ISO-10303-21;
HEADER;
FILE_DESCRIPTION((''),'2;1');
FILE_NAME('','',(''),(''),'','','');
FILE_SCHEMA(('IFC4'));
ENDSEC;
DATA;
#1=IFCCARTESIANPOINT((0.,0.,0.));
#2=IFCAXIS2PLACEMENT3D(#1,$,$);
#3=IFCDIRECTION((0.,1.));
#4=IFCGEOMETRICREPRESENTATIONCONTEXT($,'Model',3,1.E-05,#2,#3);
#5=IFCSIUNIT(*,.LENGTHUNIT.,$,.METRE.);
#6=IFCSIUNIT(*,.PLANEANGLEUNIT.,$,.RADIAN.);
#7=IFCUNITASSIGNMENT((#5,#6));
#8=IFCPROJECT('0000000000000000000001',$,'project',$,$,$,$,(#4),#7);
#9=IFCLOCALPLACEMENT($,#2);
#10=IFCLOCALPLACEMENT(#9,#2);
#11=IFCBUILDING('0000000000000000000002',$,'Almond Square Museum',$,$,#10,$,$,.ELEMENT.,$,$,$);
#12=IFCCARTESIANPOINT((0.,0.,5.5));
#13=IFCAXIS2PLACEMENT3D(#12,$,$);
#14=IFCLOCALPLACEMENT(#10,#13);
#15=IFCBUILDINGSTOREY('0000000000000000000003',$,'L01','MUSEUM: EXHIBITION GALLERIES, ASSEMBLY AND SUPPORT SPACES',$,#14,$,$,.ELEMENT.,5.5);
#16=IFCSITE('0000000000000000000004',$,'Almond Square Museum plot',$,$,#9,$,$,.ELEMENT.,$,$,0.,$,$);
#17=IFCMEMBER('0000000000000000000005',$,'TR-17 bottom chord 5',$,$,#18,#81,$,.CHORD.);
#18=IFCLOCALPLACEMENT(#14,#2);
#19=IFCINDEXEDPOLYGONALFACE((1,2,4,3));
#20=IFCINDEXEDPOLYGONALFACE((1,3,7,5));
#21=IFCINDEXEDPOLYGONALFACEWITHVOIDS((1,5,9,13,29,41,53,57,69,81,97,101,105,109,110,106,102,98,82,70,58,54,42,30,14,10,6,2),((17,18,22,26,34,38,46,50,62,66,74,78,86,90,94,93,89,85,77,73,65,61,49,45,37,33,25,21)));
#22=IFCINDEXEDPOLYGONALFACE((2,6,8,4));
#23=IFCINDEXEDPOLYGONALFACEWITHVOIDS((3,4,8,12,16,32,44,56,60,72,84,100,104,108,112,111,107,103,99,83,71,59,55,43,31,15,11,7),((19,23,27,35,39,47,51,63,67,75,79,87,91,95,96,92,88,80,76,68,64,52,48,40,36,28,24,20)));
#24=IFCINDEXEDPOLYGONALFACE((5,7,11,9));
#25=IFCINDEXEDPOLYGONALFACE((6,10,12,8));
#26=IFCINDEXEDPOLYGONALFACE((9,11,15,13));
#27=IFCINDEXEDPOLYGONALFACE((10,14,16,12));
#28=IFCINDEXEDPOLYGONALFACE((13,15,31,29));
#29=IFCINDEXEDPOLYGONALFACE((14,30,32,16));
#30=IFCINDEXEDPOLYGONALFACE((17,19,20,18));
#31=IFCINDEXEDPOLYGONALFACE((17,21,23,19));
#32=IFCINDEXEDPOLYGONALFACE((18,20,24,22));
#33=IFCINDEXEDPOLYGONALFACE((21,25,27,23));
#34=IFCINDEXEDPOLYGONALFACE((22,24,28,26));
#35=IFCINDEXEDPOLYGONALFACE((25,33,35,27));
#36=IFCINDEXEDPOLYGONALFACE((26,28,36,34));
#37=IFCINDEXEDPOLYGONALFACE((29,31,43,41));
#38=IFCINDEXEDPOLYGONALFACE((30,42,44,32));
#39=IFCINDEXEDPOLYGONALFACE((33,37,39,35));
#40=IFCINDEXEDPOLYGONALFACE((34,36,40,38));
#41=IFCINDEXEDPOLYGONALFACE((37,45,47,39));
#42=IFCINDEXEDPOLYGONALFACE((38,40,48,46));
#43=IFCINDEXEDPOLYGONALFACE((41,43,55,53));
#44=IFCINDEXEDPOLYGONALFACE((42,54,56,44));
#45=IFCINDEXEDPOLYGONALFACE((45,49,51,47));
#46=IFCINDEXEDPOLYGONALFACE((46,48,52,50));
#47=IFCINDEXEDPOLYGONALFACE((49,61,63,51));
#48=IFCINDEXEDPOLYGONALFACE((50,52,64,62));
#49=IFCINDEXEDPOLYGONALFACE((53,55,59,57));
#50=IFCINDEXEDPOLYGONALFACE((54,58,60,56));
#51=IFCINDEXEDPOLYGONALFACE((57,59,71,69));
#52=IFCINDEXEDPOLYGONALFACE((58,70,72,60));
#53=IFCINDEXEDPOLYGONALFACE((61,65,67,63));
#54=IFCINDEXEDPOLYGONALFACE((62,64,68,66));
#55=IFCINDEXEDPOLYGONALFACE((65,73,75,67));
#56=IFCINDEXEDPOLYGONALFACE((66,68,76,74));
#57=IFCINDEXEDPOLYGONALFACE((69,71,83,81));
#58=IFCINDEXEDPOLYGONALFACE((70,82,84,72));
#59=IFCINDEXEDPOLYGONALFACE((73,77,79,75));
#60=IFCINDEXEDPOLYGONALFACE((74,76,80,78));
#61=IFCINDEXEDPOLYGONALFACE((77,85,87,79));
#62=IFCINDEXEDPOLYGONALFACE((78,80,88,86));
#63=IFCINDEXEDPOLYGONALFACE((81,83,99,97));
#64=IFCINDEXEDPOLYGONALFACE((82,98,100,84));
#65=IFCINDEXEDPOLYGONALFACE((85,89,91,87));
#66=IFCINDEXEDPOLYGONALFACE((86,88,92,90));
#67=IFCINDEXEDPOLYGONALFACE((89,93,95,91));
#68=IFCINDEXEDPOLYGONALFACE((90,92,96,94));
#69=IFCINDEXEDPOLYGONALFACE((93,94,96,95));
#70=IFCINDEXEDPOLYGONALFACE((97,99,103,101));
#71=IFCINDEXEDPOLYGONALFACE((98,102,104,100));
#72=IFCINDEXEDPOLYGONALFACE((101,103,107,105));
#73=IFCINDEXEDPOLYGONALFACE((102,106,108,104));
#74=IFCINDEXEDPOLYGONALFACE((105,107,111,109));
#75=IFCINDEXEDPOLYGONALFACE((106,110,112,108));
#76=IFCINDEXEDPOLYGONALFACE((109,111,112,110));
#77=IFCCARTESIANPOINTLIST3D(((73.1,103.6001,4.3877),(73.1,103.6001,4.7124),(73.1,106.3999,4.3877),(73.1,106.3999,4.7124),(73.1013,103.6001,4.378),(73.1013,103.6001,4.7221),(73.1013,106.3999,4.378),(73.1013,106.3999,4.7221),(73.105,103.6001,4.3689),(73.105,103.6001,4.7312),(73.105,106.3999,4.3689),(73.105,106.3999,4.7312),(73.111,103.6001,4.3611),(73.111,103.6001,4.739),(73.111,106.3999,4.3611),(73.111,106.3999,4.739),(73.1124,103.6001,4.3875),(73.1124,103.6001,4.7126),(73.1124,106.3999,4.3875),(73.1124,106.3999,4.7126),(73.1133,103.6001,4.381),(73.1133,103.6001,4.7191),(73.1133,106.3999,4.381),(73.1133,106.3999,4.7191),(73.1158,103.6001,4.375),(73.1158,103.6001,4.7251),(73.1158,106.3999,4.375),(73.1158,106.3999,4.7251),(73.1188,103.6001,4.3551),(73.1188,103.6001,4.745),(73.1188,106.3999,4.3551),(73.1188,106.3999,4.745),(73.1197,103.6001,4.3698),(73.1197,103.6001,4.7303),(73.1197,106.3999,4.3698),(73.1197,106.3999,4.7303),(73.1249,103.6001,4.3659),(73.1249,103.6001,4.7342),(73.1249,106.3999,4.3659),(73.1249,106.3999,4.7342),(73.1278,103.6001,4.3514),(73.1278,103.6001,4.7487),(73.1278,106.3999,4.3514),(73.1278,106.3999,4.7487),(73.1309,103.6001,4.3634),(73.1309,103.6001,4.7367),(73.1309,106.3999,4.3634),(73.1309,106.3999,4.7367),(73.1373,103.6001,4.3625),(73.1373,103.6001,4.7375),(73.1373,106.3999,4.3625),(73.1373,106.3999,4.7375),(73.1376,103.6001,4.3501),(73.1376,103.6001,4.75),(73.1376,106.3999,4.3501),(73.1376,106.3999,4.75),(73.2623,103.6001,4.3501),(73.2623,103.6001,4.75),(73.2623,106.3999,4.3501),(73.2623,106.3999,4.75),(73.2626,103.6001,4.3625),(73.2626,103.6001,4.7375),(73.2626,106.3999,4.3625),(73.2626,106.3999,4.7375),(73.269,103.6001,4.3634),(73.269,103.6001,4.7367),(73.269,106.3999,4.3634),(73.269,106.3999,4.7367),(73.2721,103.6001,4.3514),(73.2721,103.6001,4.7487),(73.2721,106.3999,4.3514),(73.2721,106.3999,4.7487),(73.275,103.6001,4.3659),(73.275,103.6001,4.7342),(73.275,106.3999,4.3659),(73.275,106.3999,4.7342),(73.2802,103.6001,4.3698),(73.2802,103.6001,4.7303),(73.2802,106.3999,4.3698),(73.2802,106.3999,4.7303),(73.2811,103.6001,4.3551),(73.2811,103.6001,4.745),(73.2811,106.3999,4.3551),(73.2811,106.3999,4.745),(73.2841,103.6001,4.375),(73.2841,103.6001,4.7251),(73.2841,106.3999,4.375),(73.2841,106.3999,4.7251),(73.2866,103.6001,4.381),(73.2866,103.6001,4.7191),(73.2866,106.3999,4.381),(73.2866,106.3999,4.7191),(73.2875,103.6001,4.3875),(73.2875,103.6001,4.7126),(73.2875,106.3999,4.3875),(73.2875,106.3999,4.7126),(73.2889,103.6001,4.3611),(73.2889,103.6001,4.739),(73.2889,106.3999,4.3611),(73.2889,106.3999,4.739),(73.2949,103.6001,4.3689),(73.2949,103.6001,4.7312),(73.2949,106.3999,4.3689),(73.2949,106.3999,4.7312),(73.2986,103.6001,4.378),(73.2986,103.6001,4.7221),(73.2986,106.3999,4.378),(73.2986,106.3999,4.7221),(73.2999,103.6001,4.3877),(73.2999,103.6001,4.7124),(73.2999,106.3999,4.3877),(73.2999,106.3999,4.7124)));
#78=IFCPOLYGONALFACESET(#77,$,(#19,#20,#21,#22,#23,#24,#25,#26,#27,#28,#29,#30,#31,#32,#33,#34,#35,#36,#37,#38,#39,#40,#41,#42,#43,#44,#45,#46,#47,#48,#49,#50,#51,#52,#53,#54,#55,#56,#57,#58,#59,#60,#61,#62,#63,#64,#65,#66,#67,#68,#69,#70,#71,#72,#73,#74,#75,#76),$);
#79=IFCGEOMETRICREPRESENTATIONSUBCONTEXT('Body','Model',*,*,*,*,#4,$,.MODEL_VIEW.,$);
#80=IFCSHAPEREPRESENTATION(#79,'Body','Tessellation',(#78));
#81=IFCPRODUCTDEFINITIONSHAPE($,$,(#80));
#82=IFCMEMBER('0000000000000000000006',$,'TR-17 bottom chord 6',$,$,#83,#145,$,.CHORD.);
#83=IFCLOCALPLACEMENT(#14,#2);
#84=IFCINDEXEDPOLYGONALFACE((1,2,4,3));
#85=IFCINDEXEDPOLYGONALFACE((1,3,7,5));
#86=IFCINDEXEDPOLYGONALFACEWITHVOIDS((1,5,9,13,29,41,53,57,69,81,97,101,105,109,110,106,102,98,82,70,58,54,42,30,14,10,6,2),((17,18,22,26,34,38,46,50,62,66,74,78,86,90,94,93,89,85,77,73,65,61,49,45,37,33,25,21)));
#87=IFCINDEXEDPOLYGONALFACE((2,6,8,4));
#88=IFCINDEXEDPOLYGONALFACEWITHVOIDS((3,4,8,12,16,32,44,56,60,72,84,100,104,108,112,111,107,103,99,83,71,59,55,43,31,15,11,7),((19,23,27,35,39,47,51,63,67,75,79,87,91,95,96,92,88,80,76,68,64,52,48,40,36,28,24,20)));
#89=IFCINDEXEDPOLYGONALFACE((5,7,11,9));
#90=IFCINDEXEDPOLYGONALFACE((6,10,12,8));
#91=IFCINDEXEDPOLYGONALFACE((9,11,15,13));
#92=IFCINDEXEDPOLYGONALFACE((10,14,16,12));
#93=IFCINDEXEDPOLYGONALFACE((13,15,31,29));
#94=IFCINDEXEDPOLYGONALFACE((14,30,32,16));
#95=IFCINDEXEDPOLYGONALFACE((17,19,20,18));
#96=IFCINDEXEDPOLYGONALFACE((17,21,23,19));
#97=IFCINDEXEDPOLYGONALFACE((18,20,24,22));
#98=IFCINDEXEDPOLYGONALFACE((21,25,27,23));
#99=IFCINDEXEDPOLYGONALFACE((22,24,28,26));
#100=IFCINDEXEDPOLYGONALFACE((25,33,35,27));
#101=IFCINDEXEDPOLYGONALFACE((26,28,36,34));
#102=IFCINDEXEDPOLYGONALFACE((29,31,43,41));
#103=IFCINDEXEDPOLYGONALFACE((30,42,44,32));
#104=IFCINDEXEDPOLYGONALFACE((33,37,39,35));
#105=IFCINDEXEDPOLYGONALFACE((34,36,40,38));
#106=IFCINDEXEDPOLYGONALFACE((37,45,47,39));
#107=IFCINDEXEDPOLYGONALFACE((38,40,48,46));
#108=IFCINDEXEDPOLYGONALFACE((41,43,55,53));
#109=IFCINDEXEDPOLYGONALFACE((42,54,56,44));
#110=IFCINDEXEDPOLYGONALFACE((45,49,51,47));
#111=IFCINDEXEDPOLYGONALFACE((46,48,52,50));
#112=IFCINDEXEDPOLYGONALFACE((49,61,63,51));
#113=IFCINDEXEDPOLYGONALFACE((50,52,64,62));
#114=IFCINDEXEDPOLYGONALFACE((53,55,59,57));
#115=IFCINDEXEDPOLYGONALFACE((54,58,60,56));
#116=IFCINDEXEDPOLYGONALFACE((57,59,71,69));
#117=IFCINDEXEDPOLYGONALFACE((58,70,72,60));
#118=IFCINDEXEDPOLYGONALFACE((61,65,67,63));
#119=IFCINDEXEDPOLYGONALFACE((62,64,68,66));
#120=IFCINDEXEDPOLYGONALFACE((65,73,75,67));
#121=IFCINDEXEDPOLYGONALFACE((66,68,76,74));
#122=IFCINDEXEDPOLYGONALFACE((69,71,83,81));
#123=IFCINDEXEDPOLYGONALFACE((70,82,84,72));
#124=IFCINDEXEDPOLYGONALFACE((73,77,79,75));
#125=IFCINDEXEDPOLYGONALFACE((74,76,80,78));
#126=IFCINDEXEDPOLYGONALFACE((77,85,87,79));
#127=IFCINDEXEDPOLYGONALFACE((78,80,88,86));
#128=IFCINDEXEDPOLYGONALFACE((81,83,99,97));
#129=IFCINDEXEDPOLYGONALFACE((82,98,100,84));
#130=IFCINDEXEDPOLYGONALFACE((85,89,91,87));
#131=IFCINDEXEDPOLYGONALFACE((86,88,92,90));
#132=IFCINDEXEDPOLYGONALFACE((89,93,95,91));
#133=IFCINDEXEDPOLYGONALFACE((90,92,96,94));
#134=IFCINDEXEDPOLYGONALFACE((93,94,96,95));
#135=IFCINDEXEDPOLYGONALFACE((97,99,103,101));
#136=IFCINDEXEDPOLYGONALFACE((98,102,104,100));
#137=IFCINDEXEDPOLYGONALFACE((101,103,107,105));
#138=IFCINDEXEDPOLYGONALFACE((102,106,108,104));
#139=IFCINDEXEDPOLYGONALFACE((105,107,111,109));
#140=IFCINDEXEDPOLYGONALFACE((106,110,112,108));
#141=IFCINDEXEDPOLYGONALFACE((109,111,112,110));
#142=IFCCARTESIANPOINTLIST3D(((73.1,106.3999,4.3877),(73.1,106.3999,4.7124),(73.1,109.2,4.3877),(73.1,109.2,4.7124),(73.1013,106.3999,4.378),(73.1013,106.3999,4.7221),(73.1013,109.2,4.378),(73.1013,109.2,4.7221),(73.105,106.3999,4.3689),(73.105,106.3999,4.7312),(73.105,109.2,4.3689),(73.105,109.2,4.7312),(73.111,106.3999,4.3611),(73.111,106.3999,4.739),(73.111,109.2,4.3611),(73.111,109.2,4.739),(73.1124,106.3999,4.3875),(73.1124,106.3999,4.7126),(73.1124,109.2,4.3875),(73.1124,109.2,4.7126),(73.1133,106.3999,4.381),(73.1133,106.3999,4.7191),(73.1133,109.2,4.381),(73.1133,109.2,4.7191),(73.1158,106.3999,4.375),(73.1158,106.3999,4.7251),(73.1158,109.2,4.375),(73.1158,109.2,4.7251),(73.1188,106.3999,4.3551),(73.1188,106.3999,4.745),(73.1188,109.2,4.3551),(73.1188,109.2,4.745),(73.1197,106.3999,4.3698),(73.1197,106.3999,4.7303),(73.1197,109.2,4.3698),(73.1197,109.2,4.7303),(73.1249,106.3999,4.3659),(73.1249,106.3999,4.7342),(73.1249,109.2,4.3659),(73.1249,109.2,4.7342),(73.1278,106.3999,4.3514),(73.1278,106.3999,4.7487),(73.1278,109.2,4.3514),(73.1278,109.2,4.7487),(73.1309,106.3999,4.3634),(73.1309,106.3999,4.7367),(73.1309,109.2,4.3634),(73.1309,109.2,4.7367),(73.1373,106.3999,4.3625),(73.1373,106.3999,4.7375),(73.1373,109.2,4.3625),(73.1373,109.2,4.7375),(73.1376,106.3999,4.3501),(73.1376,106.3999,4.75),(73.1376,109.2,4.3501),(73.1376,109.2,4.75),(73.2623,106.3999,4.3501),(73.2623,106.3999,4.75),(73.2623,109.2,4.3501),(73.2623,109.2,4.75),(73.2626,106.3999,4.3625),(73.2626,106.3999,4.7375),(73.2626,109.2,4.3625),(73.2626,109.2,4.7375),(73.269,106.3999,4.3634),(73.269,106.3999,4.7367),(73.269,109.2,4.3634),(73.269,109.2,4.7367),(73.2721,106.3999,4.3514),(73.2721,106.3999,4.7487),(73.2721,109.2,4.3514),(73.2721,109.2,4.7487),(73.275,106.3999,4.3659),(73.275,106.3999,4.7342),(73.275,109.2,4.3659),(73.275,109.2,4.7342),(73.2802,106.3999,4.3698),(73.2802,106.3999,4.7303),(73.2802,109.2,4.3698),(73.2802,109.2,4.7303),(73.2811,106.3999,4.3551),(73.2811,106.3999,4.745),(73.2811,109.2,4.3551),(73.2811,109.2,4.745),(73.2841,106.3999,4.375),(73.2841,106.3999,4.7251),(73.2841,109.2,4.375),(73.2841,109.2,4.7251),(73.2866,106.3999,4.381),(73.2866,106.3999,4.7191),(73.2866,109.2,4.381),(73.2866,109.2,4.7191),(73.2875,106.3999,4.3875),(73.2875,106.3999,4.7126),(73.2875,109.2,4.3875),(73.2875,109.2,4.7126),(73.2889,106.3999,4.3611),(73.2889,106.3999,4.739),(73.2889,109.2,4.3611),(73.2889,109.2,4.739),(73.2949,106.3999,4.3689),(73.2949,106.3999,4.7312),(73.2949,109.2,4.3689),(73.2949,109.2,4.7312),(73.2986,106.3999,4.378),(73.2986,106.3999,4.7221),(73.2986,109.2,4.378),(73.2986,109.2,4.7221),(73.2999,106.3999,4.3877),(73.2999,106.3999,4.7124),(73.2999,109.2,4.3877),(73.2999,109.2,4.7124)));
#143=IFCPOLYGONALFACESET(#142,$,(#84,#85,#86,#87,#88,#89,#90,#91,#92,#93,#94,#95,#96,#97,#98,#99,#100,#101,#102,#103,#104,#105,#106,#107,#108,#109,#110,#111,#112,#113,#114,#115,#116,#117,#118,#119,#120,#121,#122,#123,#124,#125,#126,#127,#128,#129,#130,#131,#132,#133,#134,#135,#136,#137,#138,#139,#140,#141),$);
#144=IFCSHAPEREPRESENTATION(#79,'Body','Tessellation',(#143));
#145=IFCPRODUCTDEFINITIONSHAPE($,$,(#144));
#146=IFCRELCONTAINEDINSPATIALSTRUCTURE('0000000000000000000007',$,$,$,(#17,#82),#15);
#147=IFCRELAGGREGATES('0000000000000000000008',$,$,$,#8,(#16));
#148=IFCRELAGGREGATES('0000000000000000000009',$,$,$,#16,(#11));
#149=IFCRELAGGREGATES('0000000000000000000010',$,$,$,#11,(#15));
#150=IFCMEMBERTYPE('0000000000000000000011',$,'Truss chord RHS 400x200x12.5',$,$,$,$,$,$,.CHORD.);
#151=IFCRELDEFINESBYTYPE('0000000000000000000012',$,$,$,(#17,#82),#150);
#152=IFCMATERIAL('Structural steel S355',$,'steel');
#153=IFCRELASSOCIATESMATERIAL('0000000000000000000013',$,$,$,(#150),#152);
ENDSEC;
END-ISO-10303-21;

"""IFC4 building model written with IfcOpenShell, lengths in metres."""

from ifc_helpers import new_model, si_unit, direction, frame, origin, origin_2d, place, context, subcontext, project, spatial, hollow_rectangle, extrude, material, material_profile, profile_set, type_object, element, save


model = new_model("IFC4")

# Units and contexts
model_context = context("Model", 3, precision=1e-05, world=origin(), true_north=direction((0.0, 1.0)))
body_context = subcontext(model_context, "Body", "Model", "MODEL_VIEW")
ifc_project = project(units=[si_unit("LENGTHUNIT", "METRE"), si_unit("PLANEANGLEUNIT", "RADIAN")], contexts=[model_context])

# Site, building, storey
site_placement = place(None, origin())
site = spatial("IfcSite", under=ifc_project, at=site_placement, Name="Almond Square Museum plot", CompositionType="ELEMENT", RefElevation=0.0)
building_placement = place(site_placement, origin())
building = spatial("IfcBuilding", under=site, at=building_placement, Name="Almond Square Museum", CompositionType="ELEMENT")
storey_placement = place(building_placement, frame((0.0, 0.0, 5.5)))
storey = spatial("IfcBuildingStorey", under=building, at=storey_placement, Name="L01", Description="MUSEUM: EXHIBITION GALLERIES, ASSEMBLY AND SUPPORT SPACES", CompositionType="ELEMENT", Elevation=5.5)

# Members
ifc_material_1 = material(Name="Structural steel S355", Category="steel")
ifc_material_profile_1 = material_profile(ifc_material_1, hollow_rectangle(XDim=0.2, YDim=0.3999, WallThickness=0.0125, InnerFilletRadius=0.0249, OuterFilletRadius=0.0376, at=origin_2d()))
ifc_profile_set_1 = profile_set([ifc_material_profile_1], Name="Structural steel S355")
member_type_1 = type_object("IfcMemberType", Name="Truss chord RHS 400x200x12.5", PredefinedType="CHORD", material=ifc_profile_set_1)
member_1_placement = place(storey_placement, frame((73.2, 103.6001, 4.55), z_axis=(0.0, 1.0, 0.0), x_axis=(-1.0, 0.0, 0.0)))
element("IfcMember", 1, at=member_1_placement, inside=storey, type_object=member_type_1, Name="TR-17 bottom chord 5", PredefinedType="CHORD", context=body_context, shape_type="SweptSolid", body=[
    extrude(hollow_rectangle(XDim=0.2, YDim=0.3999, WallThickness=0.0125, InnerFilletRadius=0.0249, OuterFilletRadius=0.0376, at=origin_2d()), origin(), (0.0, 0.0, 1.0), 2.7998),
])
member_2_placement = place(storey_placement, frame((73.2, 106.3999, 4.55), z_axis=(0.0, 1.0, 0.0), x_axis=(-1.0, 0.0, 0.0)))
element("IfcMember", 2, at=member_2_placement, inside=storey, type_object=member_type_1, Name="TR-17 bottom chord 6", PredefinedType="CHORD", context=body_context, shape_type="SweptSolid", body=[
    extrude(hollow_rectangle(XDim=0.2, YDim=0.3999, WallThickness=0.0125, InnerFilletRadius=0.0249, OuterFilletRadius=0.0376, at=origin_2d()), origin(), (0.0, 0.0, 1.0), 2.8),
])

save(model, "model.ifc")
